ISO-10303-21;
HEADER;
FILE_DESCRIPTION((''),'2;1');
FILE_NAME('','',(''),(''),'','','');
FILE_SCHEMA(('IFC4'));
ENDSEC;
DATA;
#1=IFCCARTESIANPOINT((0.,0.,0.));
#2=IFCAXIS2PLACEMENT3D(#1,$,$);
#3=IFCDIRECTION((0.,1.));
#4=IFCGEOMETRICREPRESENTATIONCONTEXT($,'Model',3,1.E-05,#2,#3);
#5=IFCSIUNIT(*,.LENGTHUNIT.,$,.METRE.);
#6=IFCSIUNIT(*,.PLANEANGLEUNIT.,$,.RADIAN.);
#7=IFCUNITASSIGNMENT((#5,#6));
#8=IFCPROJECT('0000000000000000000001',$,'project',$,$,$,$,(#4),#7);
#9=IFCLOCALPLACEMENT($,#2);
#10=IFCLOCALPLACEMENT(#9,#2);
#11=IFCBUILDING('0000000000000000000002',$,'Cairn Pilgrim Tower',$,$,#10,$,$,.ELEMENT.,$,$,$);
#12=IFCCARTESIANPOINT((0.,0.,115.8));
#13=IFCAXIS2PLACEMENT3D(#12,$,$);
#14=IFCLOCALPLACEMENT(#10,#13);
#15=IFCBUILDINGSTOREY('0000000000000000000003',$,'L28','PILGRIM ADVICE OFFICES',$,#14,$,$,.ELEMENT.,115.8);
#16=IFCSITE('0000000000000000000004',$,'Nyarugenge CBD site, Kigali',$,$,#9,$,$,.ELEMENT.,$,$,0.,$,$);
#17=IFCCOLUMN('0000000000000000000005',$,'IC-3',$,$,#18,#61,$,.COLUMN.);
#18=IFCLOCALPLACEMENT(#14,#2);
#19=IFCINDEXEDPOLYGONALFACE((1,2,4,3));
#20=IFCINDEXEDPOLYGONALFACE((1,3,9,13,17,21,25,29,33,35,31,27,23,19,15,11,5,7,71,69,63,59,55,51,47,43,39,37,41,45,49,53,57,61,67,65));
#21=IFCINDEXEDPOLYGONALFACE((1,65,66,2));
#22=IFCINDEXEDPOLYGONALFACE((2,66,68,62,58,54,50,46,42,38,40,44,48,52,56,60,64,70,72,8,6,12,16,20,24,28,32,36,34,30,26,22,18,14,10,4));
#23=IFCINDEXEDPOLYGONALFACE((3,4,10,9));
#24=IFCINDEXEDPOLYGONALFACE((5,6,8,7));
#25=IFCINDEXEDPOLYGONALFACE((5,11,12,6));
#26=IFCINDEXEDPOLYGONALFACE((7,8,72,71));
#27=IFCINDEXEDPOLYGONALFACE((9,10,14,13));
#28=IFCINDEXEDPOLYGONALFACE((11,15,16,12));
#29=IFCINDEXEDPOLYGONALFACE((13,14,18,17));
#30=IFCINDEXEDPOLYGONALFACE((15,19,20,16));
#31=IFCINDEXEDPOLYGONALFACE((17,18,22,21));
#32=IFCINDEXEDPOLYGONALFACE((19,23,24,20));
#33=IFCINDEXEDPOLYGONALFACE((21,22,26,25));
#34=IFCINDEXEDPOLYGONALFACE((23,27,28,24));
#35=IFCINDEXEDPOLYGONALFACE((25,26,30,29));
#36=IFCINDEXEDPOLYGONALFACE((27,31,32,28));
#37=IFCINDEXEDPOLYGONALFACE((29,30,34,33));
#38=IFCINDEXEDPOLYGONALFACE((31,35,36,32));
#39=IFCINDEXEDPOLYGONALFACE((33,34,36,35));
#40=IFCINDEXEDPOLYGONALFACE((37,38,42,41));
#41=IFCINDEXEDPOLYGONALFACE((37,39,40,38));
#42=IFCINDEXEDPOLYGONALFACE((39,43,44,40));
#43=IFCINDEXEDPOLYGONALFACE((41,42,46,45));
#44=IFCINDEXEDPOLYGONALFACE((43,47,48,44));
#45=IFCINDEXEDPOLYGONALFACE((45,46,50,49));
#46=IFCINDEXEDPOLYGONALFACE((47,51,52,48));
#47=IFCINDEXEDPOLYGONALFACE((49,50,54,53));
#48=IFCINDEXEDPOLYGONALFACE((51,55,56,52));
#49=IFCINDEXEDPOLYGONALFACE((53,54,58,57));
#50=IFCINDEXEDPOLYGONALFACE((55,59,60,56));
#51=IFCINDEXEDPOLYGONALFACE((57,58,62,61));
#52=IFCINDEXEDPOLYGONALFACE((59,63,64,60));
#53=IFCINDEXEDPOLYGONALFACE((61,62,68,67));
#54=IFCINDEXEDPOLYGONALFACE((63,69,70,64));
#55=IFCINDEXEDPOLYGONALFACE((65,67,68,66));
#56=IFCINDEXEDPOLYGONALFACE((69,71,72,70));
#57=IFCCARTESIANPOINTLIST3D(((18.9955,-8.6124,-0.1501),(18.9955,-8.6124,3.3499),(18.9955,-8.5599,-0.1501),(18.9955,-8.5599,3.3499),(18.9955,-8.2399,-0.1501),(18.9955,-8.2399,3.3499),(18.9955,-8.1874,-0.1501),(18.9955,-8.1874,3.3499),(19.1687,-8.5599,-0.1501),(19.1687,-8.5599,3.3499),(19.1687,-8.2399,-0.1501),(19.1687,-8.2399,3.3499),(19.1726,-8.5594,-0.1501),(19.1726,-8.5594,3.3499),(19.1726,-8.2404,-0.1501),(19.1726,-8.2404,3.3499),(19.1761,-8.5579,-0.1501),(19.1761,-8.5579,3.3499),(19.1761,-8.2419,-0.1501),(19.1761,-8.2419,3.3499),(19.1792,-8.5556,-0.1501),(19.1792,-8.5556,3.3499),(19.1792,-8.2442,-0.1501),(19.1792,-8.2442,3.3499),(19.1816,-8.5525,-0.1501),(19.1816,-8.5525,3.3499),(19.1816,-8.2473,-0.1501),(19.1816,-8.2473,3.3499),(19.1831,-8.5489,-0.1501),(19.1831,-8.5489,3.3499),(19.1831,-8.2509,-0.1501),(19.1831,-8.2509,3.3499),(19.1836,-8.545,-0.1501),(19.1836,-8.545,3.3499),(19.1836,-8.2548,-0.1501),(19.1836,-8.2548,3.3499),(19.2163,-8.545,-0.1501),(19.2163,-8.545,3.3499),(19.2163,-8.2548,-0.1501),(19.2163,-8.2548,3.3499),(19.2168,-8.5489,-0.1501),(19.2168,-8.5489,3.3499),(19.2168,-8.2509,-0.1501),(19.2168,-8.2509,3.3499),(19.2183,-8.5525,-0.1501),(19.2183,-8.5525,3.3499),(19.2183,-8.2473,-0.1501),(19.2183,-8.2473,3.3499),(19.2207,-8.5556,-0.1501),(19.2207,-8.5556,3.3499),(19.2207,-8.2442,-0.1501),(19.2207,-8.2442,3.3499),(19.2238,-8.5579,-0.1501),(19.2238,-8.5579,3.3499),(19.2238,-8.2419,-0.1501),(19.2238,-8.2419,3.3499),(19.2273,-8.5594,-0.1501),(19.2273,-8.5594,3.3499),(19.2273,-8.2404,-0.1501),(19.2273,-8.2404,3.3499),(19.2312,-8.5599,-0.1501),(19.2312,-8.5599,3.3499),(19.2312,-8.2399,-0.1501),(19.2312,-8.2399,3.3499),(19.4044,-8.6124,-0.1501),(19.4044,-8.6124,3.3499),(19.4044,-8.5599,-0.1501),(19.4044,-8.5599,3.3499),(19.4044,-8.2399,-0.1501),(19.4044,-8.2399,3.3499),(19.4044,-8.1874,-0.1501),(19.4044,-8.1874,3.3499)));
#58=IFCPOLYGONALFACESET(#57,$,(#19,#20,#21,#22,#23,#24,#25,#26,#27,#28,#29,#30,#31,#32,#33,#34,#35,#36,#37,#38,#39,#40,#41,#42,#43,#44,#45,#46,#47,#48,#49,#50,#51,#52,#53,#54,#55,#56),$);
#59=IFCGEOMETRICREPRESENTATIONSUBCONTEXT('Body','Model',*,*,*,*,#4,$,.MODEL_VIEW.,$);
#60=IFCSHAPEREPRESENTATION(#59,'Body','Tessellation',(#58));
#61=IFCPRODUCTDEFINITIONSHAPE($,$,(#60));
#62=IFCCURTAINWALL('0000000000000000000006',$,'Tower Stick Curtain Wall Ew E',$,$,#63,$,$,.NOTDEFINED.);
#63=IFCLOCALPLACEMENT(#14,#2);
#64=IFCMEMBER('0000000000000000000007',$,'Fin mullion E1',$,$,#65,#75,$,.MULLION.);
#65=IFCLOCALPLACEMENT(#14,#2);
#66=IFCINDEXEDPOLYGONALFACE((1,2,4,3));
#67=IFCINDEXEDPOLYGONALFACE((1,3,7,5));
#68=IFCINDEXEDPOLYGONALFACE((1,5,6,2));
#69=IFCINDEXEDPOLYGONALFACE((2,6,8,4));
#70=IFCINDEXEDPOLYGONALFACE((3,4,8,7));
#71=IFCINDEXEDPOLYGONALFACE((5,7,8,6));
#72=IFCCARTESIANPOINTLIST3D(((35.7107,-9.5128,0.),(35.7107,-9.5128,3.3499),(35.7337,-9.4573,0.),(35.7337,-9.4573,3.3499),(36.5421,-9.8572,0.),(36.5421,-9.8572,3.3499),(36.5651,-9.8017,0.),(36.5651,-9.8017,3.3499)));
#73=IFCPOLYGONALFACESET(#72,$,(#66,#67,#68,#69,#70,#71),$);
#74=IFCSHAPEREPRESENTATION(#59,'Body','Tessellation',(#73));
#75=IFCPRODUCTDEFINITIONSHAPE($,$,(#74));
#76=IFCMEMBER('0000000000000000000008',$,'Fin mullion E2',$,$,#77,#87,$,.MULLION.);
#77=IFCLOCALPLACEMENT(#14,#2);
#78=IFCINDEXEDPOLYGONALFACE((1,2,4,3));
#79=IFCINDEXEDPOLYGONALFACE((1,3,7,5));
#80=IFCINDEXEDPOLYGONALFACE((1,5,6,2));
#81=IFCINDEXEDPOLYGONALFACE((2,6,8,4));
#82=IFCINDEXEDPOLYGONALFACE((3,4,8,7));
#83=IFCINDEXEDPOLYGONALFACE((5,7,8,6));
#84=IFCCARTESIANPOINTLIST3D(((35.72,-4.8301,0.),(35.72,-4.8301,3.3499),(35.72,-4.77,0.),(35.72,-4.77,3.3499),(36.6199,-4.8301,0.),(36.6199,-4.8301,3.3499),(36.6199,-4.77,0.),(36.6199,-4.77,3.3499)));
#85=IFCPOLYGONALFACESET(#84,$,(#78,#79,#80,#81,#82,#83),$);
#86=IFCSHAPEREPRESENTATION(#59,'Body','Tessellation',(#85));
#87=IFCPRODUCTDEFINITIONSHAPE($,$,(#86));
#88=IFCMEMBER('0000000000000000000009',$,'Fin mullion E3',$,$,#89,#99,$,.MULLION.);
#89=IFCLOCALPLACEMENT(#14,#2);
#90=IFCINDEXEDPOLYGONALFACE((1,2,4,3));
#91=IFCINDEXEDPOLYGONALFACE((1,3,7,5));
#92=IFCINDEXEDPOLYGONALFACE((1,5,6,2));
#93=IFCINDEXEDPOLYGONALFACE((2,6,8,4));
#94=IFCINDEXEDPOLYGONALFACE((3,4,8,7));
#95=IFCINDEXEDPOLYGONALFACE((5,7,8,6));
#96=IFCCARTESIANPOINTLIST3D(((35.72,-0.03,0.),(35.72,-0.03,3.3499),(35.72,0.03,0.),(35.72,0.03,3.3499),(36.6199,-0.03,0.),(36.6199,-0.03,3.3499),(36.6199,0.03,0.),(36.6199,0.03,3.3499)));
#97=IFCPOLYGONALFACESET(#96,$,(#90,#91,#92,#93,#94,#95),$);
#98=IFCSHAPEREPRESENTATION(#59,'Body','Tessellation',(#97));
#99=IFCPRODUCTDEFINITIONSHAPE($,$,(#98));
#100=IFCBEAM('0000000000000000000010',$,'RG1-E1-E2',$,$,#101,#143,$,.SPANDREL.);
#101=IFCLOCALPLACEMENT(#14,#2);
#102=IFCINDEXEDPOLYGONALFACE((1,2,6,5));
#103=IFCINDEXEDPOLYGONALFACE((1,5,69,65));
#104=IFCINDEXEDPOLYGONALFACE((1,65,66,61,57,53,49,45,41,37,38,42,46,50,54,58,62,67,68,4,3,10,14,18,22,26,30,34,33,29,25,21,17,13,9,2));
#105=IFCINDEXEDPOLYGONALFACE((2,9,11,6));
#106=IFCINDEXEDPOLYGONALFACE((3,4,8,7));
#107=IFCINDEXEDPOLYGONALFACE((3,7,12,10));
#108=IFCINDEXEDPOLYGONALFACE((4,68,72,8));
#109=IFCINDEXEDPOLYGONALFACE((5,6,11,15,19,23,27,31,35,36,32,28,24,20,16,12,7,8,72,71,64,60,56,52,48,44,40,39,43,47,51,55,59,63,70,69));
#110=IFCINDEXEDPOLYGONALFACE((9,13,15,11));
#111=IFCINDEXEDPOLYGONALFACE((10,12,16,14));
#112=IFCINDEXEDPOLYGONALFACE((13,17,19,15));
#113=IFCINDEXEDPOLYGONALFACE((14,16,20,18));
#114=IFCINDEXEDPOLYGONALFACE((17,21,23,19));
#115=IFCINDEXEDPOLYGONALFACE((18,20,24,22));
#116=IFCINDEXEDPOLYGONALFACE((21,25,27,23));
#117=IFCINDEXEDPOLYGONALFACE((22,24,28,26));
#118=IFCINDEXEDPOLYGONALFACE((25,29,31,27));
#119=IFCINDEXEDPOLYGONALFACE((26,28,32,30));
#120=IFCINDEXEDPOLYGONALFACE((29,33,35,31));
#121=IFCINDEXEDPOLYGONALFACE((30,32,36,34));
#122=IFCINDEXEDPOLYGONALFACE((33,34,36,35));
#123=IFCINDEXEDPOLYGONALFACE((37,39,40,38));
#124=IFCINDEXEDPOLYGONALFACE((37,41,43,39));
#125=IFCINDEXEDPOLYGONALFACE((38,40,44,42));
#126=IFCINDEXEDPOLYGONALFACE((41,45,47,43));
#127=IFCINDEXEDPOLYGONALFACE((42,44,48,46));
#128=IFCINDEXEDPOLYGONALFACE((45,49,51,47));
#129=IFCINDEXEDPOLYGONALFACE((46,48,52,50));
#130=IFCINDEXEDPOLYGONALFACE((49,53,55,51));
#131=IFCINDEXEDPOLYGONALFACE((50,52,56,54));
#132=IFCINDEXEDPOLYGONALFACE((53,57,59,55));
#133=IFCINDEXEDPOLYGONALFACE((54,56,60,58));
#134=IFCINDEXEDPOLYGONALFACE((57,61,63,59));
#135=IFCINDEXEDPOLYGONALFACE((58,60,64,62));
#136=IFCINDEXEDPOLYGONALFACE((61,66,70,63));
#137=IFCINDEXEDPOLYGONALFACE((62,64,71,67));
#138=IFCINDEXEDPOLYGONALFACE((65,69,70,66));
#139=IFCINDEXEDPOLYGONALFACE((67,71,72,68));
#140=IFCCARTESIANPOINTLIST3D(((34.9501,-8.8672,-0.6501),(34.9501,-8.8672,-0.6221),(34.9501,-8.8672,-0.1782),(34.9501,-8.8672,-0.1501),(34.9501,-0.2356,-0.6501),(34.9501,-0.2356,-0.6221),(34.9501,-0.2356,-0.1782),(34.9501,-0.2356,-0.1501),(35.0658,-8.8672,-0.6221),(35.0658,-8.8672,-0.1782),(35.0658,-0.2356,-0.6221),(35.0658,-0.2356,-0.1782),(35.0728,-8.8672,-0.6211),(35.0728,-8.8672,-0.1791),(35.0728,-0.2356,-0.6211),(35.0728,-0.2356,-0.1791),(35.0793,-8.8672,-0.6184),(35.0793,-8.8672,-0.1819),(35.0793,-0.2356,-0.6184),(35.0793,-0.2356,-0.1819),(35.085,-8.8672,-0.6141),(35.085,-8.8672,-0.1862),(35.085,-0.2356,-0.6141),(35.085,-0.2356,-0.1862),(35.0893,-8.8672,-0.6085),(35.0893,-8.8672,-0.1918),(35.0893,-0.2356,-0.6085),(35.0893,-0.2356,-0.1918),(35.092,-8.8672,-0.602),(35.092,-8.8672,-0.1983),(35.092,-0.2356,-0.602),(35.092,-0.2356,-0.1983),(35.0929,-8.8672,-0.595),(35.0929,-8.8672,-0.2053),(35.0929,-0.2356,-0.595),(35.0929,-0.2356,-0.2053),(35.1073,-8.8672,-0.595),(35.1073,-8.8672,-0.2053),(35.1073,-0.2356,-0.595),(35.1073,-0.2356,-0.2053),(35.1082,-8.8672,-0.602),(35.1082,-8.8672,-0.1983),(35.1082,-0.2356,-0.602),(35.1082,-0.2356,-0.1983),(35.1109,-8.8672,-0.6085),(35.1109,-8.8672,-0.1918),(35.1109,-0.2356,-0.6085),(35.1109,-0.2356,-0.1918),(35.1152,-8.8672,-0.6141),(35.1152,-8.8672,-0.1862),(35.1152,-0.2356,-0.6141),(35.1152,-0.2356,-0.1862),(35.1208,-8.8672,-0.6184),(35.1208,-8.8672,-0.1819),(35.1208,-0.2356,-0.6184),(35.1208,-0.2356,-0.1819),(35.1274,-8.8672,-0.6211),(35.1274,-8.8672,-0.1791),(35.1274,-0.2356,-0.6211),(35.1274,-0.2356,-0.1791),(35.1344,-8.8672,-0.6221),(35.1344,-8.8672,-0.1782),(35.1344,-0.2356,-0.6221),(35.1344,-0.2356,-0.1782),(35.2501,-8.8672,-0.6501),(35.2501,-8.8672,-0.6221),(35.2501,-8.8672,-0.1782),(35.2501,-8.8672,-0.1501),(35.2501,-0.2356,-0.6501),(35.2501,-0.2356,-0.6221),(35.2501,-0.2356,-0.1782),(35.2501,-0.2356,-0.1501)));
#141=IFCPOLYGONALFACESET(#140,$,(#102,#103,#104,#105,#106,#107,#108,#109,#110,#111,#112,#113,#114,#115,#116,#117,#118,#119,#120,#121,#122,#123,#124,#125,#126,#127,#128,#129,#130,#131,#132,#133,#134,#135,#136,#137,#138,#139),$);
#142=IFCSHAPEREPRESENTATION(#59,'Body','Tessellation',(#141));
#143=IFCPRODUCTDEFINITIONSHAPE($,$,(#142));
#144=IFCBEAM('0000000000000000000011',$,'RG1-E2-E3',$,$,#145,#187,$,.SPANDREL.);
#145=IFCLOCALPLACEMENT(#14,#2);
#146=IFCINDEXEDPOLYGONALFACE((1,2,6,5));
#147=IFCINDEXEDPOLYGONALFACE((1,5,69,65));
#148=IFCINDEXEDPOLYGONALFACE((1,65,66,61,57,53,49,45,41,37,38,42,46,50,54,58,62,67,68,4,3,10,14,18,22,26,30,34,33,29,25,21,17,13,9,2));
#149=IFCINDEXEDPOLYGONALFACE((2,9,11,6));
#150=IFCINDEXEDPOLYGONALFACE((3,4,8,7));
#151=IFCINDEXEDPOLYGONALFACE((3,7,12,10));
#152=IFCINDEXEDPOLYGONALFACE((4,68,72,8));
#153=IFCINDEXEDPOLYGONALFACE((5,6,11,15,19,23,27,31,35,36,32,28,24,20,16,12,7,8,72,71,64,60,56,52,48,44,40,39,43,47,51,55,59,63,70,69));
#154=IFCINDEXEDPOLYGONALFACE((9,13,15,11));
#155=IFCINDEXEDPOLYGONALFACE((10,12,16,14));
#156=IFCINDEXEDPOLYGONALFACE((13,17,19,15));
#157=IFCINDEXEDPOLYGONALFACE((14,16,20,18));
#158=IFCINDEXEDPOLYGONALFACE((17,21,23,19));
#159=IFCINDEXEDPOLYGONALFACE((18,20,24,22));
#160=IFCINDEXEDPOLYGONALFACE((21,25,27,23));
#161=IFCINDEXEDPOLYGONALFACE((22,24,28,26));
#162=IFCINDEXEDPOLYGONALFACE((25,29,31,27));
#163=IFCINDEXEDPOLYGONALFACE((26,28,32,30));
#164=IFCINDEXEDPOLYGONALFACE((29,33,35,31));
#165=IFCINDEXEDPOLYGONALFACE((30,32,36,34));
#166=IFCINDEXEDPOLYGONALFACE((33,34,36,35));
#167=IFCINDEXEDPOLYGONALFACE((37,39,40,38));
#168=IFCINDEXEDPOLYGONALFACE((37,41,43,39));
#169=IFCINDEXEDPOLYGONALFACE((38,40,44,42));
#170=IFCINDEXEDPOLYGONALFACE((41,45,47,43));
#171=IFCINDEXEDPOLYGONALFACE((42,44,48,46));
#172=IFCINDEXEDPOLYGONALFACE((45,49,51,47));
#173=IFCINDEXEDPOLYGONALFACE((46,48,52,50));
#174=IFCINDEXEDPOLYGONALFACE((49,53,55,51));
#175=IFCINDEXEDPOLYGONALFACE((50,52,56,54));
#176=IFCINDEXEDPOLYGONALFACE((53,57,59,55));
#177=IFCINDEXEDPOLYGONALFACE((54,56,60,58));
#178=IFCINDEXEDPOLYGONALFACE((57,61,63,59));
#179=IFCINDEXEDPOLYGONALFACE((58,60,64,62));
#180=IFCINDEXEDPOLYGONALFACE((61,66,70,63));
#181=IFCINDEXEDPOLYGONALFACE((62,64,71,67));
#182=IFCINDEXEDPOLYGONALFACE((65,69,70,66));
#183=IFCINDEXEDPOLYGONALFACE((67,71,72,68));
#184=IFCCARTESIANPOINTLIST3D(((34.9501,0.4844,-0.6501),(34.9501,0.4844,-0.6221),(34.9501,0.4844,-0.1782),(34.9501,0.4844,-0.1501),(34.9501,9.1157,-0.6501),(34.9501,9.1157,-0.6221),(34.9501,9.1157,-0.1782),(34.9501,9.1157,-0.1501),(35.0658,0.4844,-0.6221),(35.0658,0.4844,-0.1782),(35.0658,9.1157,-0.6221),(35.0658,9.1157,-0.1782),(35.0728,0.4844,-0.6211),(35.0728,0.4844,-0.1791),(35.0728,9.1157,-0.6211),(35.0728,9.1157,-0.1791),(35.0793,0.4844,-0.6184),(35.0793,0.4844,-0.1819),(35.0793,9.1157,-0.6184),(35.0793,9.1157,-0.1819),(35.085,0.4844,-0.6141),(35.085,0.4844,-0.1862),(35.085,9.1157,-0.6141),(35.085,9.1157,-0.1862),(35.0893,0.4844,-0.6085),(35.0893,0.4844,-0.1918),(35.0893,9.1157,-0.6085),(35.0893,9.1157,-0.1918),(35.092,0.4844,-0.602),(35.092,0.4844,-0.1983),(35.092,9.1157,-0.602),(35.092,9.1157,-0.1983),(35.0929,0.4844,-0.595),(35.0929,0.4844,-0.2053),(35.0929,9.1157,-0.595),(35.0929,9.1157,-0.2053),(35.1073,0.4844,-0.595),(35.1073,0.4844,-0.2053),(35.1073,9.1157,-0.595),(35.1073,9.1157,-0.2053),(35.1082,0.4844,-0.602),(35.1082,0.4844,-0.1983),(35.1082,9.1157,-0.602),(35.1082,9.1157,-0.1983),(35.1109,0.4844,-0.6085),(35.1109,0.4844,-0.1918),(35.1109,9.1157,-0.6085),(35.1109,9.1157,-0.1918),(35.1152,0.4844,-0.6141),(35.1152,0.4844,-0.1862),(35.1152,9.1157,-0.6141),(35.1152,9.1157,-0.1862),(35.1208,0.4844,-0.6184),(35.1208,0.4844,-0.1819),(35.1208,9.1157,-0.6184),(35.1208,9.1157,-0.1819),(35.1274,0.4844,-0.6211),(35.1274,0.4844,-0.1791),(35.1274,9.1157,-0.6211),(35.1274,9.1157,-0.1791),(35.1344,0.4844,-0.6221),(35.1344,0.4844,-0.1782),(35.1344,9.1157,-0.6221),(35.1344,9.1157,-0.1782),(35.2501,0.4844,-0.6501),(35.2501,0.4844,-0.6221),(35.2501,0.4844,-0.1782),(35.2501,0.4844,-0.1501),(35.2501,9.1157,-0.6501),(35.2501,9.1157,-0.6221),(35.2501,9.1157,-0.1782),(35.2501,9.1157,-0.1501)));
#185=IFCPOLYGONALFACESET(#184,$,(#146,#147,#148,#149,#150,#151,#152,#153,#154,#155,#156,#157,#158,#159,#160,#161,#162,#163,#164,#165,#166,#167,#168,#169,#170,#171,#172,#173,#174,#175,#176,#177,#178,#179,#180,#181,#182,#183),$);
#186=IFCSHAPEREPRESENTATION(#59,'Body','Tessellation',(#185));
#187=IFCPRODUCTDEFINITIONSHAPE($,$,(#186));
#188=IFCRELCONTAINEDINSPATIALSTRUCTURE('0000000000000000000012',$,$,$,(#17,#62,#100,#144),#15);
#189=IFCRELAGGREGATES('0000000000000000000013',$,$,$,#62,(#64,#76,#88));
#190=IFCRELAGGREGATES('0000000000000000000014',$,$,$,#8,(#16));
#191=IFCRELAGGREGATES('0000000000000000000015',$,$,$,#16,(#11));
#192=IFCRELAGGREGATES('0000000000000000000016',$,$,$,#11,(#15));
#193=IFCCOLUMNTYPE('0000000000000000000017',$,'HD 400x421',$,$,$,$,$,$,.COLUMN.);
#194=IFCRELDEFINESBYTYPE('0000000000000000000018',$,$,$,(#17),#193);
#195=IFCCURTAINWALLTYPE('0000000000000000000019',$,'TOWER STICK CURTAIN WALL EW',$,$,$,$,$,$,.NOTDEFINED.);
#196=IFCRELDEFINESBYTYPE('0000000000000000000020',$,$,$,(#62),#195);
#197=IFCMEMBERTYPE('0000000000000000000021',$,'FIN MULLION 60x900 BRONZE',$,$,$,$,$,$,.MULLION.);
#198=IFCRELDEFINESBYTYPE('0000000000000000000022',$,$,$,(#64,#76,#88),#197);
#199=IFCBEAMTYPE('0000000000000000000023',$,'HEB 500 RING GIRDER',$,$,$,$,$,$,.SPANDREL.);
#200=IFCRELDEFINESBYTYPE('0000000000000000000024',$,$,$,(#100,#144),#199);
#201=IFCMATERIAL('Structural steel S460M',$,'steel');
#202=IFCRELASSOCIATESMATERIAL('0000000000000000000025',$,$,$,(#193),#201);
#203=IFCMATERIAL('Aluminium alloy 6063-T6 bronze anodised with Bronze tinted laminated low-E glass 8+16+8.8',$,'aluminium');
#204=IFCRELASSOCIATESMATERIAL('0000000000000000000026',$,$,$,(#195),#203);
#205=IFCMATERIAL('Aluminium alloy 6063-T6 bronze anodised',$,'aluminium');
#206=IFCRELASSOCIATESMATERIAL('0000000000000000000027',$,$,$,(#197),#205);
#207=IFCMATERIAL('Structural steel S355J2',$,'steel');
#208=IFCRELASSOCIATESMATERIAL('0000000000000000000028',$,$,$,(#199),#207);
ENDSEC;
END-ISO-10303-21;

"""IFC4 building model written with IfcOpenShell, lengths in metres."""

from ifc_helpers import new_model, si_unit, direction, frame, origin, origin_2d, place, context, subcontext, project, spatial, rectangle, i_section, extrude, material, material_profile, profile_set, type_object, element, aggregate, save


model = new_model("IFC4")

# Units and contexts
model_context = context("Model", 3, precision=1e-05, world=origin(), true_north=direction((0.0, 1.0)))
body_context = subcontext(model_context, "Body", "Model", "MODEL_VIEW")
ifc_project = project(units=[si_unit("LENGTHUNIT", "METRE"), si_unit("PLANEANGLEUNIT", "RADIAN")], contexts=[model_context])

# Site, building, storey
site_placement = place(None, origin())
site = spatial("IfcSite", under=ifc_project, at=site_placement, Name="Nyarugenge CBD site, Kigali", CompositionType="ELEMENT", RefElevation=0.0)
building_placement = place(site_placement, origin())
building = spatial("IfcBuilding", under=site, at=building_placement, Name="Cairn Pilgrim Tower", CompositionType="ELEMENT")
storey_placement = place(building_placement, frame((0.0, 0.0, 115.8)))
storey = spatial("IfcBuildingStorey", under=building, at=storey_placement, Name="L28", Description="PILGRIM ADVICE OFFICES", CompositionType="ELEMENT", Elevation=115.8)

# Column
ifc_material_1 = material(Name="Structural steel S460M", Category="steel")
ifc_material_profile_1 = material_profile(ifc_material_1, i_section(OverallWidth=0.4089, OverallDepth=0.425, WebThickness=0.0327, FlangeThickness=0.0525, FilletRadius=0.0149, at=origin_2d()), Name="HD 400x421")
ifc_profile_set_1 = profile_set([ifc_material_profile_1], Name="Structural steel S460M")
column_type_1 = type_object("IfcColumnType", Name="HD 400x421", PredefinedType="COLUMN", material=ifc_profile_set_1)
column_placement = place(storey_placement, frame((19.2, -8.3999, -0.1501), z_axis=(0.0, 0.0, 1.0), x_axis=(1.0, 0.0, 0.0)))
element("IfcColumn", 1, at=column_placement, inside=storey, type_object=column_type_1, Name="IC-3", PredefinedType="COLUMN", context=body_context, shape_type="SweptSolid", body=[
    extrude(i_section(OverallWidth=0.4089, OverallDepth=0.425, WebThickness=0.0327, FlangeThickness=0.0525, FilletRadius=0.0149, at=origin_2d()), origin(), (0.0, 0.0, 1.0), 3.5),
])

# Curtain wall, members
ifc_material_2 = material(Name="Aluminium alloy 6063-T6 bronze anodised with Bronze tinted laminated low-E glass 8+16+8.8", Category="aluminium")
curtain_wall_type_1 = type_object("IfcCurtainWallType", Name="TOWER STICK CURTAIN WALL EW", PredefinedType="NOTDEFINED", material=ifc_material_2)
curtain_wall_1_placement = place(storey_placement, origin())
curtain_wall_1 = element("IfcCurtainWall", 2, at=curtain_wall_1_placement, inside=storey, type_object=curtain_wall_type_1, Name="Tower Stick Curtain Wall Ew E", PredefinedType="NOTDEFINED")
ifc_material_3 = material(Name="Aluminium alloy 6063-T6 bronze anodised", Category="aluminium")
ifc_material_profile_2 = material_profile(ifc_material_3, rectangle(XDim=0.8999, YDim=0.0601, at=origin_2d()), Name="FIN MULLION 60x900 BRONZE")
ifc_profile_set_2 = profile_set([ifc_material_profile_2], Name="Aluminium alloy 6063-T6 bronze anodised")
member_type_1 = type_object("IfcMemberType", Name="FIN MULLION 60x900 BRONZE", PredefinedType="MULLION", material=ifc_profile_set_2)
member_1_placement = place(storey_placement, frame((36.1379, -9.6572, 0.0), z_axis=(0.0, 0.0, 1.0), x_axis=(0.92388, -0.382683, 0.0)))
member_1 = element("IfcMember", 3, at=member_1_placement, type_object=member_type_1, Name="Fin mullion E1", PredefinedType="MULLION", context=body_context, shape_type="SweptSolid", body=[
    extrude(rectangle(XDim=0.8999, YDim=0.0601, at=origin_2d()), origin(), (0.0, 0.0, 1.0), 3.3499),
])
member_2_placement = place(storey_placement, frame((36.1699, -4.8, 0.0), z_axis=(0.0, 0.0, 1.0), x_axis=(1.0, 0.0, 0.0)))
member_2 = element("IfcMember", 4, at=member_2_placement, type_object=member_type_1, Name="Fin mullion E2", PredefinedType="MULLION", context=body_context, shape_type="SweptSolid", body=[
    extrude(rectangle(XDim=0.8999, YDim=0.0601, at=origin_2d()), origin(), (0.0, 0.0, 1.0), 3.3499),
])
member_3_placement = place(storey_placement, frame((36.1699, 0.0, 0.0), z_axis=(0.0, 0.0, 1.0), x_axis=(1.0, 0.0, 0.0)))
member_3 = element("IfcMember", 5, at=member_3_placement, type_object=member_type_1, Name="Fin mullion E3", PredefinedType="MULLION", context=body_context, shape_type="SweptSolid", body=[
    extrude(rectangle(XDim=0.8999, YDim=0.0601, at=origin_2d()), origin(), (0.0, 0.0, 1.0), 3.3499),
])

# Beams
ifc_material_4 = material(Name="Structural steel S355J2", Category="steel")
ifc_material_profile_3 = material_profile(ifc_material_4, i_section(OverallWidth=0.3, OverallDepth=0.5, WebThickness=0.0144, FlangeThickness=0.0281, FilletRadius=0.0271, at=origin_2d()), Name="HEB 500")
ifc_profile_set_3 = profile_set([ifc_material_profile_3], Name="Structural steel S355J2")
beam_type_1 = type_object("IfcBeamType", Name="HEB 500 RING GIRDER", PredefinedType="SPANDREL", material=ifc_profile_set_3)
beam_1_placement = place(storey_placement, frame((35.1001, -8.8672, -0.4001), z_axis=(0.0, 1.0, 0.0), x_axis=(-1.0, 0.0, 0.0)))
element("IfcBeam", 6, at=beam_1_placement, inside=storey, type_object=beam_type_1, Name="RG1-E1-E2", PredefinedType="SPANDREL", context=body_context, shape_type="SweptSolid", body=[
    extrude(i_section(OverallWidth=0.3, OverallDepth=0.5, WebThickness=0.0144, FlangeThickness=0.0281, FilletRadius=0.0271, at=origin_2d()), origin(), (0.0, 0.0, 1.0), 8.6316),
])
beam_2_placement = place(storey_placement, frame((35.1001, 0.4844, -0.4001), z_axis=(0.0, 1.0, 0.0), x_axis=(-1.0, 0.0, 0.0)))
element("IfcBeam", 7, at=beam_2_placement, inside=storey, type_object=beam_type_1, Name="RG1-E2-E3", PredefinedType="SPANDREL", context=body_context, shape_type="SweptSolid", body=[
    extrude(i_section(OverallWidth=0.3, OverallDepth=0.5, WebThickness=0.0144, FlangeThickness=0.0281, FilletRadius=0.0271, at=origin_2d()), origin(), (0.0, 0.0, 1.0), 8.6313),
])

aggregate(curtain_wall_1, [member_1, member_2, member_3])

save(model, "model.ifc")
